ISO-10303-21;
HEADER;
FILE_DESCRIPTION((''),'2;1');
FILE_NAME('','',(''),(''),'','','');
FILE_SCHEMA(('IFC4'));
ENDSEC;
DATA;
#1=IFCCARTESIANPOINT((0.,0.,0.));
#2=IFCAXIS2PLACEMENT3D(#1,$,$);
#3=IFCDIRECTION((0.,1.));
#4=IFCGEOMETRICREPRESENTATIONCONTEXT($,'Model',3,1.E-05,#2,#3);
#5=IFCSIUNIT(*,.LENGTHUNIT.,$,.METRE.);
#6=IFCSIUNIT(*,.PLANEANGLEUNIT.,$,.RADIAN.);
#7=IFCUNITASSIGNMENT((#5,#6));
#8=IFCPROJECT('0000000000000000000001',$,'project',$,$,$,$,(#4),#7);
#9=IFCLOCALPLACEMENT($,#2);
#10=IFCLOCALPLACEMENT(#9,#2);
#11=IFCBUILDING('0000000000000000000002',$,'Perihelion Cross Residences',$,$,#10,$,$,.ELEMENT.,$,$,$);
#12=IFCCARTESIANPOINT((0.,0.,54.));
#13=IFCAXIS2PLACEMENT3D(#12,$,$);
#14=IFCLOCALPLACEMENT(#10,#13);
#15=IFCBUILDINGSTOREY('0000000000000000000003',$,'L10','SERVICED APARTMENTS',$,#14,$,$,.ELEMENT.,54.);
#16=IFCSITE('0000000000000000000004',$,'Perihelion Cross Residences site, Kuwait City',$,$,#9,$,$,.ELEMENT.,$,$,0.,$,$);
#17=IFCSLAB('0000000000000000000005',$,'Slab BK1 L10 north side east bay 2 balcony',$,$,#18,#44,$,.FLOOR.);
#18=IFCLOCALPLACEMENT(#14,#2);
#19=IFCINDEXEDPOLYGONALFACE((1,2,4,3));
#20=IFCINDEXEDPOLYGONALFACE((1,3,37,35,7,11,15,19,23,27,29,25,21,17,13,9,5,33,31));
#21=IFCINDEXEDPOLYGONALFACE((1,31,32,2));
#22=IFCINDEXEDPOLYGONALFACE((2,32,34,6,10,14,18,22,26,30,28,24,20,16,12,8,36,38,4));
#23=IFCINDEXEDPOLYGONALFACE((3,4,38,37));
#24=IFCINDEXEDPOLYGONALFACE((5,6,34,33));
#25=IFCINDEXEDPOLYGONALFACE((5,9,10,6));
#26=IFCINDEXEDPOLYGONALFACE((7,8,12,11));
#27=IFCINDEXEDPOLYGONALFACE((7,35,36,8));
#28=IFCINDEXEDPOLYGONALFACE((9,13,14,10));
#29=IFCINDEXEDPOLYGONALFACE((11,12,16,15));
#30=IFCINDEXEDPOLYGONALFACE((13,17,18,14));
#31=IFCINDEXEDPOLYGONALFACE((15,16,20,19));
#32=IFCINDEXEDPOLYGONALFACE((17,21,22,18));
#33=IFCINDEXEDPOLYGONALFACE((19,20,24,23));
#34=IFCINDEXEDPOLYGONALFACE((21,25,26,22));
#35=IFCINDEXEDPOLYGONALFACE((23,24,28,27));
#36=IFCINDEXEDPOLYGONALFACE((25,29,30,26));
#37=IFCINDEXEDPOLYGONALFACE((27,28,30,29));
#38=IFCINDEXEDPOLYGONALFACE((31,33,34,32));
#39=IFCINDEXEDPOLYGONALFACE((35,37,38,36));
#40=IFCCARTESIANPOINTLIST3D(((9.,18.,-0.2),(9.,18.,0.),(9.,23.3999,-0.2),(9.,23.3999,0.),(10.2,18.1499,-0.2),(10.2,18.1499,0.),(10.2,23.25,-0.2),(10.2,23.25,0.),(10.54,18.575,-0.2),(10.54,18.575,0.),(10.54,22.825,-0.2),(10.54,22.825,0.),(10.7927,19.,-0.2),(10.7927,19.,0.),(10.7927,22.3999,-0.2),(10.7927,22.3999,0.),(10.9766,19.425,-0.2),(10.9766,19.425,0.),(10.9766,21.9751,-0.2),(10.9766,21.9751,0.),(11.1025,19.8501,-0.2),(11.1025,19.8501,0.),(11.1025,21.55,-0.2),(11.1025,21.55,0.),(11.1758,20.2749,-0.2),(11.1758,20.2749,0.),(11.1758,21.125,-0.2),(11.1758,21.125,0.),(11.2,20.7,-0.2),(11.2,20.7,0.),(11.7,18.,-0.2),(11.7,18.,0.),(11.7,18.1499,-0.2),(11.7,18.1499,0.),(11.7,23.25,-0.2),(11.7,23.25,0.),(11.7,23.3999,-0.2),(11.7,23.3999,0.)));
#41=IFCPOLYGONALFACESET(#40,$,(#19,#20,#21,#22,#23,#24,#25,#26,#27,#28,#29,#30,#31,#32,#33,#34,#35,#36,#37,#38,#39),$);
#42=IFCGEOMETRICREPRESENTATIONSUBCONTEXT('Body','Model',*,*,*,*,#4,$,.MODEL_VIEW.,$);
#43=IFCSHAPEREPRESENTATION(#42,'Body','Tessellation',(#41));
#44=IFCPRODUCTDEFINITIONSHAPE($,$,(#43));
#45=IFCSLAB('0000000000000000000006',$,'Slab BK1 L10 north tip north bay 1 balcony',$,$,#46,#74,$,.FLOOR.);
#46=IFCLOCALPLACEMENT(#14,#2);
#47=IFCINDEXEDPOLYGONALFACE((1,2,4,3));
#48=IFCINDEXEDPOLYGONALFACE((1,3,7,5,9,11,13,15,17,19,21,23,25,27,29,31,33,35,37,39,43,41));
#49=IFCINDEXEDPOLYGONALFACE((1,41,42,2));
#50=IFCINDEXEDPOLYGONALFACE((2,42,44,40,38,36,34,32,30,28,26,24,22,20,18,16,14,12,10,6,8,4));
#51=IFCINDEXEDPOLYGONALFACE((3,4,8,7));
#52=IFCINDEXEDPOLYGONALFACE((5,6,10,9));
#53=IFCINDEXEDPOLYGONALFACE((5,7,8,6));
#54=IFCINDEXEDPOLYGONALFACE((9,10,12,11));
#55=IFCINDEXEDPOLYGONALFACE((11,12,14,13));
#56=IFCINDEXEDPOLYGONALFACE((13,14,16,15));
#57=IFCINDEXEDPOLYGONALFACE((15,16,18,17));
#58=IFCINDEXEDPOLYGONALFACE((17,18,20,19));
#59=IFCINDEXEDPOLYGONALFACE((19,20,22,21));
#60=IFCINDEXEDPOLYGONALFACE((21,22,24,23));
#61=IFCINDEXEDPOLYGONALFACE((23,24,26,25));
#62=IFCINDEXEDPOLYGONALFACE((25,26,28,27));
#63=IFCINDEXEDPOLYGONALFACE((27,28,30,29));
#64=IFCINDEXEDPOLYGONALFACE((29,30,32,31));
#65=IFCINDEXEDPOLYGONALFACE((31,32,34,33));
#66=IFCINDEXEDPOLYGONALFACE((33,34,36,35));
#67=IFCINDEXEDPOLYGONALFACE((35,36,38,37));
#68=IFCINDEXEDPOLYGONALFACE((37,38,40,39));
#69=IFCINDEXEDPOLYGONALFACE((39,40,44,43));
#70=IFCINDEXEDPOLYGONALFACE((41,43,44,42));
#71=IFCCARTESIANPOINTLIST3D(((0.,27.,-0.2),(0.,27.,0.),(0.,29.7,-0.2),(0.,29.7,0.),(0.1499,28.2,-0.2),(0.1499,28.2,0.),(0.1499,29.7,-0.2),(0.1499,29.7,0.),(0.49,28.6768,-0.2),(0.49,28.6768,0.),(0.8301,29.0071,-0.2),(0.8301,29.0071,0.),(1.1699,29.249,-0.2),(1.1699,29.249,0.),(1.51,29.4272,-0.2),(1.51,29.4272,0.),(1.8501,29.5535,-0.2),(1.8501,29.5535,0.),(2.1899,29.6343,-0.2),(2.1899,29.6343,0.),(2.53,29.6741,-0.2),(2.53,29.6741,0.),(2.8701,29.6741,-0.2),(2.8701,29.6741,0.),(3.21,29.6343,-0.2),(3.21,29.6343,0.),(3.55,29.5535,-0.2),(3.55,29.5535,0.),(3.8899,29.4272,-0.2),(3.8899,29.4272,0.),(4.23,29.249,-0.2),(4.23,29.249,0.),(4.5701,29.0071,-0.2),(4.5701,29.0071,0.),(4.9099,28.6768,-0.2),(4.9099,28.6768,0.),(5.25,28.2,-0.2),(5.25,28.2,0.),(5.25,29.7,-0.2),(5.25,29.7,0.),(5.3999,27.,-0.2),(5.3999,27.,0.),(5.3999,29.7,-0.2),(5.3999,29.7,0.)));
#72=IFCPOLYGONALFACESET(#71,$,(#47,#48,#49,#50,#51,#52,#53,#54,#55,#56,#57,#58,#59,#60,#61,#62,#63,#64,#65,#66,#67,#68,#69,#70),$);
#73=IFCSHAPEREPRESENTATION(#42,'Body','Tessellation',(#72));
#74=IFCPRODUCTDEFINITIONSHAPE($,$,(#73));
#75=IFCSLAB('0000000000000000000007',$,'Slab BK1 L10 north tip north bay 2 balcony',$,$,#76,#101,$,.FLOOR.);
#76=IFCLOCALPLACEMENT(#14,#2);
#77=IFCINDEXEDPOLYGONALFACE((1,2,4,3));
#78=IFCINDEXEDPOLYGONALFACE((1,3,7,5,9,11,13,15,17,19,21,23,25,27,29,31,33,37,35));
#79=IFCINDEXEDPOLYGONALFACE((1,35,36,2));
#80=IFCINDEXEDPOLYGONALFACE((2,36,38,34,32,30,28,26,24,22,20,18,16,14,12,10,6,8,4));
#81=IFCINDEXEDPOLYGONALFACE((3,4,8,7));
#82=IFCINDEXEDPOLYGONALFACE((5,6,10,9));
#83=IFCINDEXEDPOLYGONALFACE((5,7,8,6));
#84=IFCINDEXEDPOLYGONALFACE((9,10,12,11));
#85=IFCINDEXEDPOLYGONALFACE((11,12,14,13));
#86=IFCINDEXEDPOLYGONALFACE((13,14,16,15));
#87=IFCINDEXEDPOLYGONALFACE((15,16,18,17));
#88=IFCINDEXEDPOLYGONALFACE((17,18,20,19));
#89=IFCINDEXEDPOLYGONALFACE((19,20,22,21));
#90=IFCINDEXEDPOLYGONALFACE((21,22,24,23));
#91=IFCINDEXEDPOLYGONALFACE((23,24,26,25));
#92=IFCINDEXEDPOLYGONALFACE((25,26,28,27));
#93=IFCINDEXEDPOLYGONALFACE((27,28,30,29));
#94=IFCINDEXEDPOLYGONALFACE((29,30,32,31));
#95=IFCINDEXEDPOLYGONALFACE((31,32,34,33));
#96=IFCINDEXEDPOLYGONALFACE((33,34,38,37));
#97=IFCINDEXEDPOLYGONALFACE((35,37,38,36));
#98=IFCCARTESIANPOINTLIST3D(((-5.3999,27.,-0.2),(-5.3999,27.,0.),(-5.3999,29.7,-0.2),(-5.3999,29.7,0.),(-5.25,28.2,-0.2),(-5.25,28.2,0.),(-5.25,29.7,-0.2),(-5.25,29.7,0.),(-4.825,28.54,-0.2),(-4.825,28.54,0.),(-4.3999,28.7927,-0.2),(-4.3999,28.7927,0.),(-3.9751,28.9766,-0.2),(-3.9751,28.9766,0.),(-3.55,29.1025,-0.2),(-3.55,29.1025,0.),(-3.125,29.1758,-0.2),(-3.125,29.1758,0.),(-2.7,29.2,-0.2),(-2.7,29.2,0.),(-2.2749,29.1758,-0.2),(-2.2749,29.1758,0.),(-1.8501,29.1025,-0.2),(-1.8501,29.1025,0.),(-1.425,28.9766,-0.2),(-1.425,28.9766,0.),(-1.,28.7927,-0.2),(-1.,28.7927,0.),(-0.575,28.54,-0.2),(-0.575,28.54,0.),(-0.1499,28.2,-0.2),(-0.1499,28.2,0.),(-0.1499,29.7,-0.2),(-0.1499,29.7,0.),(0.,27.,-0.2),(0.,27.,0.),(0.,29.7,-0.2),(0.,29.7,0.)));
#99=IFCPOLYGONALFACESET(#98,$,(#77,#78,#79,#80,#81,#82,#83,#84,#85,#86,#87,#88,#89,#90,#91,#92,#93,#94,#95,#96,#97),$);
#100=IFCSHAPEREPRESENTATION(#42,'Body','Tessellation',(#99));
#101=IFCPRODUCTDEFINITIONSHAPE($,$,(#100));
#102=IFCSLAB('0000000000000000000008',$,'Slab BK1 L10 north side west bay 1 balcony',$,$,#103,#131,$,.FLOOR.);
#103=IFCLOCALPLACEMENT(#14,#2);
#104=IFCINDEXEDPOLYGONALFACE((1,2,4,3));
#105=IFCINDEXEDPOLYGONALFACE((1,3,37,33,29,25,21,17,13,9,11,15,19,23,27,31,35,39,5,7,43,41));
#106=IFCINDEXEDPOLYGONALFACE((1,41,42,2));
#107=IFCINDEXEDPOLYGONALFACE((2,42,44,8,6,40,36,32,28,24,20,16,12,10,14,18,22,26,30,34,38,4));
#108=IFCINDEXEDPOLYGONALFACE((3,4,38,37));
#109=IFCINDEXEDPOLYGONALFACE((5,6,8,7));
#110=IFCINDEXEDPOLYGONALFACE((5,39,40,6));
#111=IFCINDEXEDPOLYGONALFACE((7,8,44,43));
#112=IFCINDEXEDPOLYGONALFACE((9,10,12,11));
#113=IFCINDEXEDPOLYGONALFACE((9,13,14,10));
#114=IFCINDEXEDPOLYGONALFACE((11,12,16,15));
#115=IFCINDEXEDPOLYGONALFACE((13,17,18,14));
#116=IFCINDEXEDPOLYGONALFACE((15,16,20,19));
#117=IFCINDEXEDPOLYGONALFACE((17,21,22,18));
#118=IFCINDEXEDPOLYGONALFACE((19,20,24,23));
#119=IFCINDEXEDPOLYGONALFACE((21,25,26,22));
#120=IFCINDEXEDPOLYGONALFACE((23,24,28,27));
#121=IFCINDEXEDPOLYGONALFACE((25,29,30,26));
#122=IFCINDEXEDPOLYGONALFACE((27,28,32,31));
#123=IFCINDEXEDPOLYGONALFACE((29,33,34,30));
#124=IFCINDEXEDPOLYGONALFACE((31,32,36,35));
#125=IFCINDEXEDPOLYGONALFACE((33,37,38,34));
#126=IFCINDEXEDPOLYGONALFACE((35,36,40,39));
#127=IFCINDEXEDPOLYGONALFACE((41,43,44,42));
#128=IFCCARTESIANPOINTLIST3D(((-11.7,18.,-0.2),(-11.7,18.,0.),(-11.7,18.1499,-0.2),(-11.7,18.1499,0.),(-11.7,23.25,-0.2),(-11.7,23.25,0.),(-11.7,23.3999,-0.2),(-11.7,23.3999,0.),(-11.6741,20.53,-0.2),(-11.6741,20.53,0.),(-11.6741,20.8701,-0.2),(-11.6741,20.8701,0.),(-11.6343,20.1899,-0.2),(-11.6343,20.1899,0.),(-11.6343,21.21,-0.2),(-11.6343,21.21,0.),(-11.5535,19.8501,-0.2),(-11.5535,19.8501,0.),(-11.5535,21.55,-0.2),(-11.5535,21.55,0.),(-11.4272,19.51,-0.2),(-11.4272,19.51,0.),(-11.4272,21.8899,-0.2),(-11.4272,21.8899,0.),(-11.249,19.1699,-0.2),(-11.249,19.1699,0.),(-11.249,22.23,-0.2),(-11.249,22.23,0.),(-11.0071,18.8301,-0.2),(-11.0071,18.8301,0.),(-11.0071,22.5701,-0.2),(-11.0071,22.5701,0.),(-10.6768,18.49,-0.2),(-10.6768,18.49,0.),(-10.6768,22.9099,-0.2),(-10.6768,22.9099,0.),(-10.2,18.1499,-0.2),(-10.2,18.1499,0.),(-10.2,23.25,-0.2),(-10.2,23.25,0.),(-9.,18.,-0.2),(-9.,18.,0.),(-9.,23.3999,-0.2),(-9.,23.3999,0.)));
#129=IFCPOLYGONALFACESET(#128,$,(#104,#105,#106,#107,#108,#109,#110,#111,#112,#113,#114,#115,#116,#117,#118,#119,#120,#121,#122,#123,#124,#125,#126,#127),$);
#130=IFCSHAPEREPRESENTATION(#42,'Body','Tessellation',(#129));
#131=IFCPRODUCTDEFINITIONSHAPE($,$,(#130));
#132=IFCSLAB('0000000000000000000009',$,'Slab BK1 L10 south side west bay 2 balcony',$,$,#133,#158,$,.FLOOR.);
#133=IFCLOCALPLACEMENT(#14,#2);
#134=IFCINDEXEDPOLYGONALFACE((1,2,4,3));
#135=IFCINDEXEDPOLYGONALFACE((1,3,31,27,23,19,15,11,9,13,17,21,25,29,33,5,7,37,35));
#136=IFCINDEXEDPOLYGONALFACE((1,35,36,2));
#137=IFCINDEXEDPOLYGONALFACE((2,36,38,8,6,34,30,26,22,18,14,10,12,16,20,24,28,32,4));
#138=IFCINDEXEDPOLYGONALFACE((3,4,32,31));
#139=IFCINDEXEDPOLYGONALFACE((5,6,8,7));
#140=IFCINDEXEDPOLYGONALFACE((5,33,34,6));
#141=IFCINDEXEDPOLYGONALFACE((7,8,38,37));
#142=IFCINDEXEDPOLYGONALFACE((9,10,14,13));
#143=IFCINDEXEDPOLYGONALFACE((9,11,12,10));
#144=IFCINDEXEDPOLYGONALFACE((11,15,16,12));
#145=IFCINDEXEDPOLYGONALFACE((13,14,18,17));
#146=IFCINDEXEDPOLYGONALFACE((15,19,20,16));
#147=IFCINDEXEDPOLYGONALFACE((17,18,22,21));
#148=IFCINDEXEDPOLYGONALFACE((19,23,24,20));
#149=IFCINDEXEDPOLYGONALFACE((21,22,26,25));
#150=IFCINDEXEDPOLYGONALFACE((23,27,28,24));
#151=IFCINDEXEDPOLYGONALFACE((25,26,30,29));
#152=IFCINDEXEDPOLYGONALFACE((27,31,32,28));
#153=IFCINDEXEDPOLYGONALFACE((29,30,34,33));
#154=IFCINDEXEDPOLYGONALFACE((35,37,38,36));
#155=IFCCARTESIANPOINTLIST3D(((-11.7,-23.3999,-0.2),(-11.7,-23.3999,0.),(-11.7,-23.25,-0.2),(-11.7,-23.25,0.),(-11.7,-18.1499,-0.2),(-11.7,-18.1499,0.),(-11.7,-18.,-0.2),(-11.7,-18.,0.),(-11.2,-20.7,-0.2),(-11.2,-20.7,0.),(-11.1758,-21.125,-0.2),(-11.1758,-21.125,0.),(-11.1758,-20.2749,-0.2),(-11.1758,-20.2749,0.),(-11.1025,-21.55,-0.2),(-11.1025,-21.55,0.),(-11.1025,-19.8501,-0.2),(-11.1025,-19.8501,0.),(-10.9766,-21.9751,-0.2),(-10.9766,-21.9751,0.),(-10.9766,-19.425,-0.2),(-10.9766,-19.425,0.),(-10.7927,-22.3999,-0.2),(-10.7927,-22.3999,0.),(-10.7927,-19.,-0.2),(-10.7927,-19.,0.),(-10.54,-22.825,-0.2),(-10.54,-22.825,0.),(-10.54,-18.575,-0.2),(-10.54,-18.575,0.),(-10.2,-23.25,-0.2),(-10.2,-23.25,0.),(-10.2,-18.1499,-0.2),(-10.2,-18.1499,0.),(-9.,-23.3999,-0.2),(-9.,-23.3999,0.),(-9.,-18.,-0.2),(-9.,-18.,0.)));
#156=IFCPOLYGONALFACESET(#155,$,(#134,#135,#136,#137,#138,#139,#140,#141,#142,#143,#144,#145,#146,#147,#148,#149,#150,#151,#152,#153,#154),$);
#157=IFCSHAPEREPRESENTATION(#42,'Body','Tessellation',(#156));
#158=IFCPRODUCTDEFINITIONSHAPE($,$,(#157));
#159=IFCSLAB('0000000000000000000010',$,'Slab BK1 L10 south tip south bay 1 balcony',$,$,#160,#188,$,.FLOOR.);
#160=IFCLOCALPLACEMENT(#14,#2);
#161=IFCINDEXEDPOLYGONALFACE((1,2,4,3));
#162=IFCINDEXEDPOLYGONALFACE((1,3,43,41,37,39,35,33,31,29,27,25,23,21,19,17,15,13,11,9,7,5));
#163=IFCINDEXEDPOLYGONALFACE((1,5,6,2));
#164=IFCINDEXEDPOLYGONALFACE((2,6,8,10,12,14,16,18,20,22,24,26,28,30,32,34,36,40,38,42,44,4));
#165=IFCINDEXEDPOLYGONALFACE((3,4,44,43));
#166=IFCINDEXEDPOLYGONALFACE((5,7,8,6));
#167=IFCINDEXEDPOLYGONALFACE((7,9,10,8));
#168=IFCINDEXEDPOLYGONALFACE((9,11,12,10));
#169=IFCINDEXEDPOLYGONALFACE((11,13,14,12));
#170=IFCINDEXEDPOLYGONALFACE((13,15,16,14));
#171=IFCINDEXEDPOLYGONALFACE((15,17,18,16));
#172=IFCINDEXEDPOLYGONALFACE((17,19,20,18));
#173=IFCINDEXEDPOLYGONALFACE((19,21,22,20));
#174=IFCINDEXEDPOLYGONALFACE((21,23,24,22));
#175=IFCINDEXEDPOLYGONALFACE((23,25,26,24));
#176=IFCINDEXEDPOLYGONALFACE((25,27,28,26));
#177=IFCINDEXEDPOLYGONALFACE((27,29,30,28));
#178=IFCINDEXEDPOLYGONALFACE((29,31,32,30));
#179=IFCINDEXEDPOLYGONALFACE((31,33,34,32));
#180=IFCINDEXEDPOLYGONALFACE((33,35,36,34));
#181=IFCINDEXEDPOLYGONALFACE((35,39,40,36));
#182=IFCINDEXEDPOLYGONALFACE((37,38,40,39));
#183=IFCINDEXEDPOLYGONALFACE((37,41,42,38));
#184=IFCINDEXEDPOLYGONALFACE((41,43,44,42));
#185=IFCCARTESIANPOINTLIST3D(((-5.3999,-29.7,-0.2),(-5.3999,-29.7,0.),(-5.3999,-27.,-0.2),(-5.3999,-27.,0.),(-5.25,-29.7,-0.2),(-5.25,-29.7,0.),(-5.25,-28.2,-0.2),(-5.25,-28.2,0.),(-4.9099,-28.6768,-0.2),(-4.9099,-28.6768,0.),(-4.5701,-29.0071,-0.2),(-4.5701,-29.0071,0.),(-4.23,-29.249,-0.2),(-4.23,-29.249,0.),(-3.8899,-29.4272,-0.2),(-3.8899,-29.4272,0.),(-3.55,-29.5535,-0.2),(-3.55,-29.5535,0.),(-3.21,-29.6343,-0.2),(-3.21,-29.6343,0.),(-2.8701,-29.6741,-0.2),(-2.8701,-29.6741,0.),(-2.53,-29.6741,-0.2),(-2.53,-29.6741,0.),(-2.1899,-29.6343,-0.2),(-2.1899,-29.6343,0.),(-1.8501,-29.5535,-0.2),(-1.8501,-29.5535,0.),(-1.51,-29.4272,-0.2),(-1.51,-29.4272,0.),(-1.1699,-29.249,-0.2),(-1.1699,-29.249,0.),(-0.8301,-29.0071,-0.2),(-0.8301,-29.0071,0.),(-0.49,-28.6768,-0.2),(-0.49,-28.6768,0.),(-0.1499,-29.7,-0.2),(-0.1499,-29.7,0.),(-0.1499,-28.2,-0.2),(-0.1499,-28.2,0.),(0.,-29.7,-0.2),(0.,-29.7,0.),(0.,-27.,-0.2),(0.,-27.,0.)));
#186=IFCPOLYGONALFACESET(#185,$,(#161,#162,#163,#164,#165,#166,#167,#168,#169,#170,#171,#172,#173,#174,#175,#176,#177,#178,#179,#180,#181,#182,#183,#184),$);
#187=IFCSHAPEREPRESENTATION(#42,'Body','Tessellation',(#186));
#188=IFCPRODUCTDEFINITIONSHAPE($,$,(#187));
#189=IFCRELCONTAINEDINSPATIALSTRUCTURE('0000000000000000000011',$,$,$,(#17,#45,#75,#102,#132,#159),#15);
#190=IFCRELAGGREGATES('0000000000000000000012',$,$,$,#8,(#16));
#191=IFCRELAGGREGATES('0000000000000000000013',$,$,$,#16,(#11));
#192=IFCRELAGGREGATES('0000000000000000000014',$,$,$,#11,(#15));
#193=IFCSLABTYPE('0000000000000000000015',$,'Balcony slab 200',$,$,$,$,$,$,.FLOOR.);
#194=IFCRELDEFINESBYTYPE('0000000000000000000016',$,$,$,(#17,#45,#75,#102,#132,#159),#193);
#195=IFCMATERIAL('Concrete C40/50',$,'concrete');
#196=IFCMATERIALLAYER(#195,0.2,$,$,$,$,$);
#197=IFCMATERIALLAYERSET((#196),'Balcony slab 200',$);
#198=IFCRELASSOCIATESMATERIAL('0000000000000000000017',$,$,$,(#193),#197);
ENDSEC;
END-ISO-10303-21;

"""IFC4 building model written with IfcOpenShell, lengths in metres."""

from ifc_helpers import new_model, si_unit, direction, frame, origin, place, context, subcontext, project, spatial, polyline, outline, extrude, material, layer, layer_set, type_object, element, save


model = new_model("IFC4")

# Units and contexts
model_context = context("Model", 3, precision=1e-05, world=origin(), true_north=direction((0.0, 1.0)))
body_context = subcontext(model_context, "Body", "Model", "MODEL_VIEW")
ifc_project = project(units=[si_unit("LENGTHUNIT", "METRE"), si_unit("PLANEANGLEUNIT", "RADIAN")], contexts=[model_context])

# Site, building, storey
site_placement = place(None, origin())
site = spatial("IfcSite", under=ifc_project, at=site_placement, Name="Perihelion Cross Residences site, Kuwait City", CompositionType="ELEMENT", RefElevation=0.0)
building_placement = place(site_placement, origin())
building = spatial("IfcBuilding", under=site, at=building_placement, Name="Perihelion Cross Residences", CompositionType="ELEMENT")
storey_placement = place(building_placement, frame((0.0, 0.0, 54.0)))
storey = spatial("IfcBuildingStorey", under=building, at=storey_placement, Name="L10", Description="SERVICED APARTMENTS", CompositionType="ELEMENT", Elevation=54.0)

# Slabs
ifc_material_1 = material(Name="Concrete C40/50", Category="concrete")
ifc_layer_1 = layer(ifc_material_1, 0.2)
ifc_layer_set_1 = layer_set([ifc_layer_1], Name="Balcony slab 200")
slab_type_1 = type_object("IfcSlabType", Name="Balcony slab 200", PredefinedType="FLOOR", material=ifc_layer_set_1)
slab_1_placement = place(storey_placement, frame((0.0, 0.0, -0.2)))
element("IfcSlab", 1, at=slab_1_placement, inside=storey, type_object=slab_type_1, Name="Slab BK1 L10 north side east bay 2 balcony", PredefinedType="FLOOR", context=body_context, shape_type="SweptSolid", body=[
    extrude(outline(polyline([(9.0, 18.0), (9.0, 23.3999), (11.7, 23.3999), (11.7, 23.25), (10.2, 23.25), (10.54, 22.825), (10.7927, 22.3999), (10.9766, 21.9751), (11.1025, 21.55), (11.1758, 21.125), (11.2, 20.7), (11.1758, 20.2749), (11.1025, 19.8501), (10.9766, 19.425), (10.7927, 19.0), (10.54, 18.575), (10.2, 18.1499), (11.7, 18.1499), (11.7, 18.0), (9.0, 18.0)])), origin(), (0.0, 0.0, 1.0), 0.2),
])
slab_2_placement = place(storey_placement, frame((0.0, 0.0, -0.2)))
element("IfcSlab", 2, at=slab_2_placement, inside=storey, type_object=slab_type_1, Name="Slab BK1 L10 north tip north bay 1 balcony", PredefinedType="FLOOR", context=body_context, shape_type="SweptSolid", body=[
    extrude(outline(polyline([(5.3999, 27.0), (0.0, 27.0), (0.0, 29.7), (0.1499, 29.7), (0.1499, 28.2), (0.49, 28.6768), (0.8301, 29.0071), (1.1699, 29.249), (1.51, 29.4272), (1.8501, 29.5535), (2.1899, 29.6343), (2.53, 29.6741), (2.8701, 29.6741), (3.21, 29.6343), (3.55, 29.5535), (3.8899, 29.4272), (4.23, 29.249), (4.5701, 29.0071), (4.9099, 28.6768), (5.25, 28.2), (5.25, 29.7), (5.3999, 29.7), (5.3999, 27.0)])), origin(), (0.0, 0.0, 1.0), 0.2),
])
slab_3_placement = place(storey_placement, frame((0.0, 0.0, -0.2)))
element("IfcSlab", 3, at=slab_3_placement, inside=storey, type_object=slab_type_1, Name="Slab BK1 L10 north tip north bay 2 balcony", PredefinedType="FLOOR", context=body_context, shape_type="SweptSolid", body=[
    extrude(outline(polyline([(0.0, 27.0), (-5.3999, 27.0), (-5.3999, 29.7), (-5.25, 29.7), (-5.25, 28.2), (-4.825, 28.54), (-4.3999, 28.7927), (-3.9751, 28.9766), (-3.55, 29.1025), (-3.125, 29.1758), (-2.7, 29.2), (-2.2749, 29.1758), (-1.8501, 29.1025), (-1.425, 28.9766), (-1.0, 28.7927), (-0.575, 28.54), (-0.1499, 28.2), (-0.1499, 29.7), (0.0, 29.7), (0.0, 27.0)])), origin(), (0.0, 0.0, 1.0), 0.2),
])
slab_4_placement = place(storey_placement, frame((0.0, 0.0, -0.2)))
element("IfcSlab", 4, at=slab_4_placement, inside=storey, type_object=slab_type_1, Name="Slab BK1 L10 north side west bay 1 balcony", PredefinedType="FLOOR", context=body_context, shape_type="SweptSolid", body=[
    extrude(outline(polyline([(-9.0, 23.3999), (-9.0, 18.0), (-11.7, 18.0), (-11.7, 18.1499), (-10.2, 18.1499), (-10.6768, 18.49), (-11.0071, 18.8301), (-11.249, 19.1699), (-11.4272, 19.51), (-11.5535, 19.8501), (-11.6343, 20.1899), (-11.6741, 20.53), (-11.6741, 20.8701), (-11.6343, 21.21), (-11.5535, 21.55), (-11.4272, 21.8899), (-11.249, 22.23), (-11.0071, 22.5701), (-10.6768, 22.9099), (-10.2, 23.25), (-11.7, 23.25), (-11.7, 23.3999), (-9.0, 23.3999)])), origin(), (0.0, 0.0, 1.0), 0.2),
])
slab_5_placement = place(storey_placement, frame((0.0, 0.0, -0.2)))
element("IfcSlab", 5, at=slab_5_placement, inside=storey, type_object=slab_type_1, Name="Slab BK1 L10 south side west bay 2 balcony", PredefinedType="FLOOR", context=body_context, shape_type="SweptSolid", body=[
    extrude(outline(polyline([(-9.0, -18.0), (-9.0, -23.3999), (-11.7, -23.3999), (-11.7, -23.25), (-10.2, -23.25), (-10.54, -22.825), (-10.7927, -22.3999), (-10.9766, -21.9751), (-11.1025, -21.55), (-11.1758, -21.125), (-11.2, -20.7), (-11.1758, -20.2749), (-11.1025, -19.8501), (-10.9766, -19.425), (-10.7927, -19.0), (-10.54, -18.575), (-10.2, -18.1499), (-11.7, -18.1499), (-11.7, -18.0), (-9.0, -18.0)])), origin(), (0.0, 0.0, 1.0), 0.2),
])
slab_6_placement = place(storey_placement, frame((0.0, 0.0, -0.2)))
element("IfcSlab", 6, at=slab_6_placement, inside=storey, type_object=slab_type_1, Name="Slab BK1 L10 south tip south bay 1 balcony", PredefinedType="FLOOR", context=body_context, shape_type="SweptSolid", body=[
    extrude(outline(polyline([(-5.3999, -27.0), (0.0, -27.0), (0.0, -29.7), (-0.1499, -29.7), (-0.1499, -28.2), (-0.49, -28.6768), (-0.8301, -29.0071), (-1.1699, -29.249), (-1.51, -29.4272), (-1.8501, -29.5535), (-2.1899, -29.6343), (-2.53, -29.6741), (-2.8701, -29.6741), (-3.21, -29.6343), (-3.55, -29.5535), (-3.8899, -29.4272), (-4.23, -29.249), (-4.5701, -29.0071), (-4.9099, -28.6768), (-5.25, -28.2), (-5.25, -29.7), (-5.3999, -29.7), (-5.3999, -27.0)])), origin(), (0.0, 0.0, 1.0), 0.2),
])

save(model, "model.ifc")
